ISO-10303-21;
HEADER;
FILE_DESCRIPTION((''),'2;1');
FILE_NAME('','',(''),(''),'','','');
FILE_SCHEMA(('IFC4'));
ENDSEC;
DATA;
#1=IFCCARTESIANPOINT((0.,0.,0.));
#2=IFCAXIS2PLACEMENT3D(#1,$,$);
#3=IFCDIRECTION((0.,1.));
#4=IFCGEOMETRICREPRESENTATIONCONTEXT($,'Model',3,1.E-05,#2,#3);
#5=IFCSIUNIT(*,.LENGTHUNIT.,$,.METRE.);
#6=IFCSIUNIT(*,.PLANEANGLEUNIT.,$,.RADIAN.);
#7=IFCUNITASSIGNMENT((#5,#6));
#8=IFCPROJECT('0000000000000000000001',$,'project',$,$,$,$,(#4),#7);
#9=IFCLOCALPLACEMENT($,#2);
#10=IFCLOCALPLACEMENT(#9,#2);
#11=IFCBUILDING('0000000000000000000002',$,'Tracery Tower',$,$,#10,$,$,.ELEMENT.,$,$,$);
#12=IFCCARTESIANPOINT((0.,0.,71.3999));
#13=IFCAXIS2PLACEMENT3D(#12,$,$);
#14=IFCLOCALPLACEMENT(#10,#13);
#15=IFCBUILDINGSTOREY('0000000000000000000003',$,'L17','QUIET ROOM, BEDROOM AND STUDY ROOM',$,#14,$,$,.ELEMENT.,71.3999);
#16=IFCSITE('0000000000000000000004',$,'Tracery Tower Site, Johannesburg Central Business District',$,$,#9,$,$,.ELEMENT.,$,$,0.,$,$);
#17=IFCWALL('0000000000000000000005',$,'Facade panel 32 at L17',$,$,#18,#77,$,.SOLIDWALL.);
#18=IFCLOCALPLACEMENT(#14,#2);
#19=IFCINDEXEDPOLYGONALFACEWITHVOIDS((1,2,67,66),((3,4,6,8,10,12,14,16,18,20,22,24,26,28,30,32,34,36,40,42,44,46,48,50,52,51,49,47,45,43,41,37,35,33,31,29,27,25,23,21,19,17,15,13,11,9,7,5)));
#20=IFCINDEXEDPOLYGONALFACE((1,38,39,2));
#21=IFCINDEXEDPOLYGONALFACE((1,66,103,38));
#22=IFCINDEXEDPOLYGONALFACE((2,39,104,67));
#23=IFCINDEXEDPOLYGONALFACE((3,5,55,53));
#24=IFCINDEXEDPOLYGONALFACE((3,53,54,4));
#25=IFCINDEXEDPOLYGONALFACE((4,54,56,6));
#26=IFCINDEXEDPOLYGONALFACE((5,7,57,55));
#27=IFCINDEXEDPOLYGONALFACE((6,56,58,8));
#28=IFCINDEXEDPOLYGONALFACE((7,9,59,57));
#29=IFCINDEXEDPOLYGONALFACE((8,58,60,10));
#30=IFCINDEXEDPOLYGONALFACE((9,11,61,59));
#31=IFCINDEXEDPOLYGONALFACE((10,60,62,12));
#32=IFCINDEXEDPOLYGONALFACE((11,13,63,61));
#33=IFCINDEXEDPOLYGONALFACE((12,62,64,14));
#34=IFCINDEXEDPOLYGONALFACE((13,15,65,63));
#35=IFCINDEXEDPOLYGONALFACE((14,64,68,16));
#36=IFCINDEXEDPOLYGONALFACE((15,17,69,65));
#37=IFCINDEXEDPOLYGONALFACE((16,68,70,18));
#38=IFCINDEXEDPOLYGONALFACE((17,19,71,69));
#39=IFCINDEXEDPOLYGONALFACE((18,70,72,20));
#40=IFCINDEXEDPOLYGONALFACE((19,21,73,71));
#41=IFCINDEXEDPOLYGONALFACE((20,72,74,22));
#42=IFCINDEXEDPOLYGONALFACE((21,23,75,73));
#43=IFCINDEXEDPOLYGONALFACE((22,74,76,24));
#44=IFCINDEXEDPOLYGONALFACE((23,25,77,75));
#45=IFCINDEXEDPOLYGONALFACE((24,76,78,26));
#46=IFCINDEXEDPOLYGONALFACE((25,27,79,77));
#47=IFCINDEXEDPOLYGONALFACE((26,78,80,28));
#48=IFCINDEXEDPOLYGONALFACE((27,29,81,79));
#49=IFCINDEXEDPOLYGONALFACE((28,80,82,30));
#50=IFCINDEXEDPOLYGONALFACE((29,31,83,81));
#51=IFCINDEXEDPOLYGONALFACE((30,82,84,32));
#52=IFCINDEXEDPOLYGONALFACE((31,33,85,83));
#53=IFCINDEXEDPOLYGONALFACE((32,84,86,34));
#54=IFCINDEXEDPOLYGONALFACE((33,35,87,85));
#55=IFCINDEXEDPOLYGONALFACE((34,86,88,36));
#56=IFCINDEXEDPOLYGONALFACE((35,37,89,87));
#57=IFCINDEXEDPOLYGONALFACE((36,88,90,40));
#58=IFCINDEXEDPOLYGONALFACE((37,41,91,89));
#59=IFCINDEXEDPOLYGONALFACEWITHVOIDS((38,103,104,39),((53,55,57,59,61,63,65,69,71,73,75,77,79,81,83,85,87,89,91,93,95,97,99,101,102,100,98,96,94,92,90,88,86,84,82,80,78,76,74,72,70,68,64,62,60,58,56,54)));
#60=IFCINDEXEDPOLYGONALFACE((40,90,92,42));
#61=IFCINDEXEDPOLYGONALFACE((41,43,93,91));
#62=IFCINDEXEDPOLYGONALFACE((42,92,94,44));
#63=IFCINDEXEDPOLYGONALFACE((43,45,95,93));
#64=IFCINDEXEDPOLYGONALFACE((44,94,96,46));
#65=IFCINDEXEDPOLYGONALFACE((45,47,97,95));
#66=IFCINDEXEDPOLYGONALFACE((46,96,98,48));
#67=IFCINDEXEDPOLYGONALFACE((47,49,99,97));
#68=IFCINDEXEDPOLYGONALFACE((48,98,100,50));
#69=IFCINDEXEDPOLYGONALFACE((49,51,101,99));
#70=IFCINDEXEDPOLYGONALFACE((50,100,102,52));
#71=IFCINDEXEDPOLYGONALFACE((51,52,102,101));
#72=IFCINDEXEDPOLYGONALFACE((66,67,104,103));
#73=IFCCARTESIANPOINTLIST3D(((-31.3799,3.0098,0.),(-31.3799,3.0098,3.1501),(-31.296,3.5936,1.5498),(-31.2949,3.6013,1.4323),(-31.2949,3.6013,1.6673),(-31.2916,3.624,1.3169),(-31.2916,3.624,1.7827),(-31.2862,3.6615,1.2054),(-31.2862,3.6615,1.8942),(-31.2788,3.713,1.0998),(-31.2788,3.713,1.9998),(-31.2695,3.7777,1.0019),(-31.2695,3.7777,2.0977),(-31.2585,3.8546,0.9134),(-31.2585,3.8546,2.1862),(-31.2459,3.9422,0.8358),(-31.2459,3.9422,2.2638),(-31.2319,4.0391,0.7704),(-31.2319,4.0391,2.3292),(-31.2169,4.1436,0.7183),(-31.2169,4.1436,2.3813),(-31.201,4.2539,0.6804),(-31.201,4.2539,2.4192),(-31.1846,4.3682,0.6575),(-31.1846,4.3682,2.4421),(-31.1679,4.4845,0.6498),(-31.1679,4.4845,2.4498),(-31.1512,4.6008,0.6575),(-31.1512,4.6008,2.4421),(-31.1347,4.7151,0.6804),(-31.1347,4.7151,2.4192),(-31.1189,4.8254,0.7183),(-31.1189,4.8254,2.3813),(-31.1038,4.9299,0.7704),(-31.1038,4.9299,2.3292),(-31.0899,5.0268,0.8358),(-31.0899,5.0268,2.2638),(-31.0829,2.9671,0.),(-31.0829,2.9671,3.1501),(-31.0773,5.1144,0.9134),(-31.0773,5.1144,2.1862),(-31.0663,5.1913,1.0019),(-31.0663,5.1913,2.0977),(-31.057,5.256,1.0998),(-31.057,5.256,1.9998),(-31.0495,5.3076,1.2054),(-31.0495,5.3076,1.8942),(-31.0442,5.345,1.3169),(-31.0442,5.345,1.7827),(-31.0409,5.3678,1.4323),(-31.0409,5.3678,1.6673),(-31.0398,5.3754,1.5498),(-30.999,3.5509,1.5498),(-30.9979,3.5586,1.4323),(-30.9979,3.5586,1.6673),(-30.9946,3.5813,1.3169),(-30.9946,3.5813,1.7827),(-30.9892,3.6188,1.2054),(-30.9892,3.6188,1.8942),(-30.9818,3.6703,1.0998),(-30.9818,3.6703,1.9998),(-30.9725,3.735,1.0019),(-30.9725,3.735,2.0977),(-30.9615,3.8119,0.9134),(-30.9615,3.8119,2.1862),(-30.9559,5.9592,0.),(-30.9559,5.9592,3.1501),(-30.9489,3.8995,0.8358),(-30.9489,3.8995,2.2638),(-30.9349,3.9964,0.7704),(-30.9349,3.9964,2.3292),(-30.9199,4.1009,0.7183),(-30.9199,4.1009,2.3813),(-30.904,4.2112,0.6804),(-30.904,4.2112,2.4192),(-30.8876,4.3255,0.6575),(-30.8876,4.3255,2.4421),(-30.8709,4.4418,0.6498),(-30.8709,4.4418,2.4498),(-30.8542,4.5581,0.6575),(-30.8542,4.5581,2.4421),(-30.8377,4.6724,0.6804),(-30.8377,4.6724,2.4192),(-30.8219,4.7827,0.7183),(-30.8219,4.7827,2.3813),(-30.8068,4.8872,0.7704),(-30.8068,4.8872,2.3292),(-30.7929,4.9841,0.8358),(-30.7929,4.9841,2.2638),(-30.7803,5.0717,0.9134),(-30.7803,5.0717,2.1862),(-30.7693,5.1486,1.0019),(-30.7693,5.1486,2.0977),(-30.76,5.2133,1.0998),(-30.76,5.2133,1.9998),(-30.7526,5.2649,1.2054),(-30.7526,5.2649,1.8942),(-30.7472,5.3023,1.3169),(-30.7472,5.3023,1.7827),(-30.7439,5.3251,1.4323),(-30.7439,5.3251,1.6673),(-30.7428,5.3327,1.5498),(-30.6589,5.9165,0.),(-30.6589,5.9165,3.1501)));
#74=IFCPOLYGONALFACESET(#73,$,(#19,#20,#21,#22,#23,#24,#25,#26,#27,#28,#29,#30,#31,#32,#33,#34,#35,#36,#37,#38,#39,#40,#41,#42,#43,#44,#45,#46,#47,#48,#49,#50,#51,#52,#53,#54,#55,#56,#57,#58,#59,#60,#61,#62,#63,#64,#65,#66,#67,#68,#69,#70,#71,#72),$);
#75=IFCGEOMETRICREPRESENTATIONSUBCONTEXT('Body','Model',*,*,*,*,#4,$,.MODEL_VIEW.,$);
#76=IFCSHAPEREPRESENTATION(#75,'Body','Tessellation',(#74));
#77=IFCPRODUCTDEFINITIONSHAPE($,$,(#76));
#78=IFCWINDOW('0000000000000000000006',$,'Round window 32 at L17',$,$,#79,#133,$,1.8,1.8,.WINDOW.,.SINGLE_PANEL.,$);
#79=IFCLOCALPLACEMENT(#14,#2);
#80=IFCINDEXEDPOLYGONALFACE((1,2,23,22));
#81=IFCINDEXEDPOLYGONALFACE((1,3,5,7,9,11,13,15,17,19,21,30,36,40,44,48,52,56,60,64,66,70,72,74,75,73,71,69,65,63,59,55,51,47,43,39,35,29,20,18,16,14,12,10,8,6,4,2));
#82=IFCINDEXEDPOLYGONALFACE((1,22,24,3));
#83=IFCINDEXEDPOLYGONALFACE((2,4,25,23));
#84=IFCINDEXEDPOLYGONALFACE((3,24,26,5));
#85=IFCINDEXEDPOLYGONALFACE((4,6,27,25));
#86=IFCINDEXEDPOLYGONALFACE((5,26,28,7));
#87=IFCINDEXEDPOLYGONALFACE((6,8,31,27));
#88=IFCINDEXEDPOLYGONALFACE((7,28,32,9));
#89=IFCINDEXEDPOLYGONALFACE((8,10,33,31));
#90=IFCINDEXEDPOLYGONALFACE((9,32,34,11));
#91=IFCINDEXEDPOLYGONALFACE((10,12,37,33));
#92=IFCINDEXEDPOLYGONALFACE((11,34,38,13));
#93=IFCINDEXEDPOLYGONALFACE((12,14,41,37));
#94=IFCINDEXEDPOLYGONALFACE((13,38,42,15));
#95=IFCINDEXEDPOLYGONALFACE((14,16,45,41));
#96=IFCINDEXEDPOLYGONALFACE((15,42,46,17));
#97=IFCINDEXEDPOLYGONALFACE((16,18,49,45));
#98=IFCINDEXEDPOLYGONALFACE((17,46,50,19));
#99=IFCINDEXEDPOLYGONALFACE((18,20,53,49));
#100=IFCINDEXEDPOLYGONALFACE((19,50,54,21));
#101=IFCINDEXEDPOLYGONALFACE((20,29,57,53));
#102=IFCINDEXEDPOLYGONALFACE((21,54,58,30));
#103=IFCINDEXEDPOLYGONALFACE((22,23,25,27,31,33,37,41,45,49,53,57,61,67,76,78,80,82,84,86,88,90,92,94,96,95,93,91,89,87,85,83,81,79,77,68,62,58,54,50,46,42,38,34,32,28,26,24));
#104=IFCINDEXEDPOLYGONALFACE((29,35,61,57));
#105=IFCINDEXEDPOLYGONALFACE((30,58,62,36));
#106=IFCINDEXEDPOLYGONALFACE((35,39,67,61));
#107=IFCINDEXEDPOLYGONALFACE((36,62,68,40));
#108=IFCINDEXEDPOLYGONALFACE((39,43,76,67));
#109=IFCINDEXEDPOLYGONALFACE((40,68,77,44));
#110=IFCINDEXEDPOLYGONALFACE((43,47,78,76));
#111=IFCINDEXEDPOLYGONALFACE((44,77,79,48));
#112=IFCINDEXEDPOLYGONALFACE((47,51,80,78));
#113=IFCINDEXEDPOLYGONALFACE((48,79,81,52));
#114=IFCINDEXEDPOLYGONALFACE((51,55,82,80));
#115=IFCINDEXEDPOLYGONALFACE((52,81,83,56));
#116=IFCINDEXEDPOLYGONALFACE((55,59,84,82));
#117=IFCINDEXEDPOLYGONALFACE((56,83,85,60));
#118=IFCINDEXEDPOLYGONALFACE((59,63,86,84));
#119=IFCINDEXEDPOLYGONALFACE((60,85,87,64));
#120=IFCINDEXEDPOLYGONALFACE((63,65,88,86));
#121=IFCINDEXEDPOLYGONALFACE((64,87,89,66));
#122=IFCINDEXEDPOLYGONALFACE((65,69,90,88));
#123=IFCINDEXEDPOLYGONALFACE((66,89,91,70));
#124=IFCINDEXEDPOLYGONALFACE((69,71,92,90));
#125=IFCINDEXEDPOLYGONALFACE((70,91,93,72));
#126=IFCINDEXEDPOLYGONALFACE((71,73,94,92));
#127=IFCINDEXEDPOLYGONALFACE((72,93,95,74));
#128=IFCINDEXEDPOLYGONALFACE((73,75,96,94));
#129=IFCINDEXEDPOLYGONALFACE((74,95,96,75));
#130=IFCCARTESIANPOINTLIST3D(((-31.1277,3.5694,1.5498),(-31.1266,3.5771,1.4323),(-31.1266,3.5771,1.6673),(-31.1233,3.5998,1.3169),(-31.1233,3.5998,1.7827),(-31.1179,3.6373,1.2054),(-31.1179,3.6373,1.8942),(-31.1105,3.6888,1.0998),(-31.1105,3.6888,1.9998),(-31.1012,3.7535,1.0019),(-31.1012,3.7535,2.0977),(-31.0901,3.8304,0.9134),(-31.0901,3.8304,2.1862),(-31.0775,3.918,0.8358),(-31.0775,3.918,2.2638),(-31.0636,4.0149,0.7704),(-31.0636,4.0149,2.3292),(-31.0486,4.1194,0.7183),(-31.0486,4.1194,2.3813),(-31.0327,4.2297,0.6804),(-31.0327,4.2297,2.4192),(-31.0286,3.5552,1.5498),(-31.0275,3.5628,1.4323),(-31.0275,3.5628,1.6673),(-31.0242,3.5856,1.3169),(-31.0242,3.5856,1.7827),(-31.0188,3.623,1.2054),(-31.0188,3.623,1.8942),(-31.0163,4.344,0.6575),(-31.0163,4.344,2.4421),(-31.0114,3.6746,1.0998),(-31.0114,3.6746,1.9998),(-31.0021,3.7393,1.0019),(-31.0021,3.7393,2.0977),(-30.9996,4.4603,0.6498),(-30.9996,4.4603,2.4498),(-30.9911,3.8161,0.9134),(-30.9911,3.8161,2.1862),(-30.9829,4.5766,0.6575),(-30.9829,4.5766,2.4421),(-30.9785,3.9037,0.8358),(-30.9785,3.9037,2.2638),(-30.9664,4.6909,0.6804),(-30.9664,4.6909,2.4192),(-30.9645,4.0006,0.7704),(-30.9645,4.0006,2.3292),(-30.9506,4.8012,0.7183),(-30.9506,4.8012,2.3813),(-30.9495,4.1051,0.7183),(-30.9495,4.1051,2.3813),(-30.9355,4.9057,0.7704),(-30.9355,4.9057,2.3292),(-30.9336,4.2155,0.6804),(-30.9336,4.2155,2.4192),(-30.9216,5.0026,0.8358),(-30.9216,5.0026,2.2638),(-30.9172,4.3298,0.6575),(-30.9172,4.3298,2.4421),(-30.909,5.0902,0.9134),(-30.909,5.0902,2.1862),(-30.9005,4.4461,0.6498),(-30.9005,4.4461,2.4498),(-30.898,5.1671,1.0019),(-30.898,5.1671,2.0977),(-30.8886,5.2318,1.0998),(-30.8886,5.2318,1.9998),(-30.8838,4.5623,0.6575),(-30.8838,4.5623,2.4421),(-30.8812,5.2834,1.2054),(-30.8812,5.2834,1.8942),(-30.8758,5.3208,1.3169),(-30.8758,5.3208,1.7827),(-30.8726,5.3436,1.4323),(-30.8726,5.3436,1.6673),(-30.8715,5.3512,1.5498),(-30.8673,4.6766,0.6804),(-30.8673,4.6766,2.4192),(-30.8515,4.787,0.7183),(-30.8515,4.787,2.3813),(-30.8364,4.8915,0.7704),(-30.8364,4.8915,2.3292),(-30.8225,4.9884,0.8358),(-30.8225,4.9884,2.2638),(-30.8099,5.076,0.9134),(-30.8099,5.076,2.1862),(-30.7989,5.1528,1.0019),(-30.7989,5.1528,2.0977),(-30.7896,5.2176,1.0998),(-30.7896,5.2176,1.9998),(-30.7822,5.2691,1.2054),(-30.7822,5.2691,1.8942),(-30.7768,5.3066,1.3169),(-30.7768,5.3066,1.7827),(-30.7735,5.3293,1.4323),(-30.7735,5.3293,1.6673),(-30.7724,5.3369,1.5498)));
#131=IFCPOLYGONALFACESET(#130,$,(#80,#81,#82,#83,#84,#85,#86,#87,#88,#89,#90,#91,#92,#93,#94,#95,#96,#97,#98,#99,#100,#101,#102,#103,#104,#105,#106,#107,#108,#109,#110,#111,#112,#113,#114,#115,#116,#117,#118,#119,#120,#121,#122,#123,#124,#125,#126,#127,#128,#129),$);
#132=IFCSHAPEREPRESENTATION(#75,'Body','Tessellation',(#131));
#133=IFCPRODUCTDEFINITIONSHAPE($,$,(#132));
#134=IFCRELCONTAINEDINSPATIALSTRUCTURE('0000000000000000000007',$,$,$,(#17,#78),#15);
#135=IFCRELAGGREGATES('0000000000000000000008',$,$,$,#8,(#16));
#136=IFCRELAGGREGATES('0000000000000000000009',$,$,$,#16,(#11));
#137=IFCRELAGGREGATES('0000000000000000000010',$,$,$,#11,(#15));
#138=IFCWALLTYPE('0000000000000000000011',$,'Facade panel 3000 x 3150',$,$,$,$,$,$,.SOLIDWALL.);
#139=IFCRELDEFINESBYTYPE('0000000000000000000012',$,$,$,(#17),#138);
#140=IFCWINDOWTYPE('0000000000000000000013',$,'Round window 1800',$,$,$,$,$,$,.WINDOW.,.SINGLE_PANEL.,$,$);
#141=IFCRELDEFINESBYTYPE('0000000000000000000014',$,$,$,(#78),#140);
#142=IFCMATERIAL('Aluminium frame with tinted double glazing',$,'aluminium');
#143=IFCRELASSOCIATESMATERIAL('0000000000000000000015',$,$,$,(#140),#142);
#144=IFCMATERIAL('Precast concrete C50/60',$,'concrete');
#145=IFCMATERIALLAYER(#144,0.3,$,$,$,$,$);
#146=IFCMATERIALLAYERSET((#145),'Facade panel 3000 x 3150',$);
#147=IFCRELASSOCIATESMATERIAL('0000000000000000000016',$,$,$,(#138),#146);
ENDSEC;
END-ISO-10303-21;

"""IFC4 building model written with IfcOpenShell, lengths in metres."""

from ifc_helpers import new_model, si_unit, direction, frame, frame_2d, origin, origin_2d, place, context, subcontext, project, spatial, rectangle, circle, extrude, material, layer, layer_set, type_object, element, fill, save


model = new_model("IFC4")

# Units and contexts
model_context = context("Model", 3, precision=1e-05, world=origin(), true_north=direction((0.0, 1.0)))
body_context = subcontext(model_context, "Body", "Model", "MODEL_VIEW")
ifc_project = project(units=[si_unit("LENGTHUNIT", "METRE"), si_unit("PLANEANGLEUNIT", "RADIAN")], contexts=[model_context])

# Site, building, storey
site_placement = place(None, origin())
site = spatial("IfcSite", under=ifc_project, at=site_placement, Name="Tracery Tower Site, Johannesburg Central Business District", CompositionType="ELEMENT", RefElevation=0.0)
building_placement = place(site_placement, origin())
building = spatial("IfcBuilding", under=site, at=building_placement, Name="Tracery Tower", CompositionType="ELEMENT")
storey_placement = place(building_placement, frame((0.0, 0.0, 71.3999)))
storey = spatial("IfcBuildingStorey", under=building, at=storey_placement, Name="L17", Description="QUIET ROOM, BEDROOM AND STUDY ROOM", CompositionType="ELEMENT", Elevation=71.3999)

# Wall, opening, window
ifc_material_1 = material(Name="Aluminium frame with tinted double glazing", Category="aluminium")
window_type = type_object("IfcWindowType", Name="Round window 1800", PartitioningType="SINGLE_PANEL", PredefinedType="WINDOW", material=ifc_material_1)
ifc_material_2 = material(Name="Precast concrete C50/60", Category="concrete")
ifc_layer_1 = layer(ifc_material_2, 0.3)
ifc_layer_set_1 = layer_set([ifc_layer_1], Name="Facade panel 3000 x 3150")
wall_type_1 = type_object("IfcWallType", Name="Facade panel 3000 x 3150", PredefinedType="SOLIDWALL", material=ifc_layer_set_1)
wall_1_placement = place(storey_placement, frame((-30.8074, 5.9377, 0.0), z_axis=(0.0, 0.0, 1.0), x_axis=(-0.142316, -0.989821, 0.0)))
wall_1 = element("IfcWall", 1, at=wall_1_placement, inside=storey, type_object=wall_type_1, Name="Facade panel 32 at L17", PredefinedType="SOLIDWALL", context=body_context, shape_type="SweptSolid", body=[
    extrude(rectangle(XDim=2.9797, YDim=0.3, at=frame_2d((1.4897, 0.0))), origin(), (0.0, 0.0, 1.0), 3.1501),
])
opening_1_placement = place(wall_1_placement, frame((1.4897, 0.0, 1.5498)))
opening_1 = element("IfcOpeningElement", 2, at=opening_1_placement, cuts=wall_1, PredefinedType="OPENING", context=body_context, shape_type="SweptSolid", body=[
    extrude(circle(Radius=0.9, at=origin_2d()), frame((0.0, 0.1599, 0.0), z_axis=(0.0, -1.0, 0.0), x_axis=(1.0, 0.0, 0.0)), (0.0, 0.0, 1.0), 0.3201),
])
window_1_placement = place(opening_1_placement, origin())
window_1 = element("IfcWindow", 3, at=window_1_placement, inside=storey, type_object=window_type, Name="Round window 32 at L17", OverallHeight=1.8, OverallWidth=1.8, PartitioningType="SINGLE_PANEL", PredefinedType="WINDOW", context=body_context, shape_type="SweptSolid", body=[
    extrude(circle(Radius=0.9, at=origin_2d()), frame((0.0, 0.1201, 0.0), z_axis=(0.0, -1.0, 0.0), x_axis=(1.0, 0.0, 0.0)), (0.0, 0.0, 1.0), 0.1001),
])
fill(opening_1, window_1)

save(model, "model.ifc")
